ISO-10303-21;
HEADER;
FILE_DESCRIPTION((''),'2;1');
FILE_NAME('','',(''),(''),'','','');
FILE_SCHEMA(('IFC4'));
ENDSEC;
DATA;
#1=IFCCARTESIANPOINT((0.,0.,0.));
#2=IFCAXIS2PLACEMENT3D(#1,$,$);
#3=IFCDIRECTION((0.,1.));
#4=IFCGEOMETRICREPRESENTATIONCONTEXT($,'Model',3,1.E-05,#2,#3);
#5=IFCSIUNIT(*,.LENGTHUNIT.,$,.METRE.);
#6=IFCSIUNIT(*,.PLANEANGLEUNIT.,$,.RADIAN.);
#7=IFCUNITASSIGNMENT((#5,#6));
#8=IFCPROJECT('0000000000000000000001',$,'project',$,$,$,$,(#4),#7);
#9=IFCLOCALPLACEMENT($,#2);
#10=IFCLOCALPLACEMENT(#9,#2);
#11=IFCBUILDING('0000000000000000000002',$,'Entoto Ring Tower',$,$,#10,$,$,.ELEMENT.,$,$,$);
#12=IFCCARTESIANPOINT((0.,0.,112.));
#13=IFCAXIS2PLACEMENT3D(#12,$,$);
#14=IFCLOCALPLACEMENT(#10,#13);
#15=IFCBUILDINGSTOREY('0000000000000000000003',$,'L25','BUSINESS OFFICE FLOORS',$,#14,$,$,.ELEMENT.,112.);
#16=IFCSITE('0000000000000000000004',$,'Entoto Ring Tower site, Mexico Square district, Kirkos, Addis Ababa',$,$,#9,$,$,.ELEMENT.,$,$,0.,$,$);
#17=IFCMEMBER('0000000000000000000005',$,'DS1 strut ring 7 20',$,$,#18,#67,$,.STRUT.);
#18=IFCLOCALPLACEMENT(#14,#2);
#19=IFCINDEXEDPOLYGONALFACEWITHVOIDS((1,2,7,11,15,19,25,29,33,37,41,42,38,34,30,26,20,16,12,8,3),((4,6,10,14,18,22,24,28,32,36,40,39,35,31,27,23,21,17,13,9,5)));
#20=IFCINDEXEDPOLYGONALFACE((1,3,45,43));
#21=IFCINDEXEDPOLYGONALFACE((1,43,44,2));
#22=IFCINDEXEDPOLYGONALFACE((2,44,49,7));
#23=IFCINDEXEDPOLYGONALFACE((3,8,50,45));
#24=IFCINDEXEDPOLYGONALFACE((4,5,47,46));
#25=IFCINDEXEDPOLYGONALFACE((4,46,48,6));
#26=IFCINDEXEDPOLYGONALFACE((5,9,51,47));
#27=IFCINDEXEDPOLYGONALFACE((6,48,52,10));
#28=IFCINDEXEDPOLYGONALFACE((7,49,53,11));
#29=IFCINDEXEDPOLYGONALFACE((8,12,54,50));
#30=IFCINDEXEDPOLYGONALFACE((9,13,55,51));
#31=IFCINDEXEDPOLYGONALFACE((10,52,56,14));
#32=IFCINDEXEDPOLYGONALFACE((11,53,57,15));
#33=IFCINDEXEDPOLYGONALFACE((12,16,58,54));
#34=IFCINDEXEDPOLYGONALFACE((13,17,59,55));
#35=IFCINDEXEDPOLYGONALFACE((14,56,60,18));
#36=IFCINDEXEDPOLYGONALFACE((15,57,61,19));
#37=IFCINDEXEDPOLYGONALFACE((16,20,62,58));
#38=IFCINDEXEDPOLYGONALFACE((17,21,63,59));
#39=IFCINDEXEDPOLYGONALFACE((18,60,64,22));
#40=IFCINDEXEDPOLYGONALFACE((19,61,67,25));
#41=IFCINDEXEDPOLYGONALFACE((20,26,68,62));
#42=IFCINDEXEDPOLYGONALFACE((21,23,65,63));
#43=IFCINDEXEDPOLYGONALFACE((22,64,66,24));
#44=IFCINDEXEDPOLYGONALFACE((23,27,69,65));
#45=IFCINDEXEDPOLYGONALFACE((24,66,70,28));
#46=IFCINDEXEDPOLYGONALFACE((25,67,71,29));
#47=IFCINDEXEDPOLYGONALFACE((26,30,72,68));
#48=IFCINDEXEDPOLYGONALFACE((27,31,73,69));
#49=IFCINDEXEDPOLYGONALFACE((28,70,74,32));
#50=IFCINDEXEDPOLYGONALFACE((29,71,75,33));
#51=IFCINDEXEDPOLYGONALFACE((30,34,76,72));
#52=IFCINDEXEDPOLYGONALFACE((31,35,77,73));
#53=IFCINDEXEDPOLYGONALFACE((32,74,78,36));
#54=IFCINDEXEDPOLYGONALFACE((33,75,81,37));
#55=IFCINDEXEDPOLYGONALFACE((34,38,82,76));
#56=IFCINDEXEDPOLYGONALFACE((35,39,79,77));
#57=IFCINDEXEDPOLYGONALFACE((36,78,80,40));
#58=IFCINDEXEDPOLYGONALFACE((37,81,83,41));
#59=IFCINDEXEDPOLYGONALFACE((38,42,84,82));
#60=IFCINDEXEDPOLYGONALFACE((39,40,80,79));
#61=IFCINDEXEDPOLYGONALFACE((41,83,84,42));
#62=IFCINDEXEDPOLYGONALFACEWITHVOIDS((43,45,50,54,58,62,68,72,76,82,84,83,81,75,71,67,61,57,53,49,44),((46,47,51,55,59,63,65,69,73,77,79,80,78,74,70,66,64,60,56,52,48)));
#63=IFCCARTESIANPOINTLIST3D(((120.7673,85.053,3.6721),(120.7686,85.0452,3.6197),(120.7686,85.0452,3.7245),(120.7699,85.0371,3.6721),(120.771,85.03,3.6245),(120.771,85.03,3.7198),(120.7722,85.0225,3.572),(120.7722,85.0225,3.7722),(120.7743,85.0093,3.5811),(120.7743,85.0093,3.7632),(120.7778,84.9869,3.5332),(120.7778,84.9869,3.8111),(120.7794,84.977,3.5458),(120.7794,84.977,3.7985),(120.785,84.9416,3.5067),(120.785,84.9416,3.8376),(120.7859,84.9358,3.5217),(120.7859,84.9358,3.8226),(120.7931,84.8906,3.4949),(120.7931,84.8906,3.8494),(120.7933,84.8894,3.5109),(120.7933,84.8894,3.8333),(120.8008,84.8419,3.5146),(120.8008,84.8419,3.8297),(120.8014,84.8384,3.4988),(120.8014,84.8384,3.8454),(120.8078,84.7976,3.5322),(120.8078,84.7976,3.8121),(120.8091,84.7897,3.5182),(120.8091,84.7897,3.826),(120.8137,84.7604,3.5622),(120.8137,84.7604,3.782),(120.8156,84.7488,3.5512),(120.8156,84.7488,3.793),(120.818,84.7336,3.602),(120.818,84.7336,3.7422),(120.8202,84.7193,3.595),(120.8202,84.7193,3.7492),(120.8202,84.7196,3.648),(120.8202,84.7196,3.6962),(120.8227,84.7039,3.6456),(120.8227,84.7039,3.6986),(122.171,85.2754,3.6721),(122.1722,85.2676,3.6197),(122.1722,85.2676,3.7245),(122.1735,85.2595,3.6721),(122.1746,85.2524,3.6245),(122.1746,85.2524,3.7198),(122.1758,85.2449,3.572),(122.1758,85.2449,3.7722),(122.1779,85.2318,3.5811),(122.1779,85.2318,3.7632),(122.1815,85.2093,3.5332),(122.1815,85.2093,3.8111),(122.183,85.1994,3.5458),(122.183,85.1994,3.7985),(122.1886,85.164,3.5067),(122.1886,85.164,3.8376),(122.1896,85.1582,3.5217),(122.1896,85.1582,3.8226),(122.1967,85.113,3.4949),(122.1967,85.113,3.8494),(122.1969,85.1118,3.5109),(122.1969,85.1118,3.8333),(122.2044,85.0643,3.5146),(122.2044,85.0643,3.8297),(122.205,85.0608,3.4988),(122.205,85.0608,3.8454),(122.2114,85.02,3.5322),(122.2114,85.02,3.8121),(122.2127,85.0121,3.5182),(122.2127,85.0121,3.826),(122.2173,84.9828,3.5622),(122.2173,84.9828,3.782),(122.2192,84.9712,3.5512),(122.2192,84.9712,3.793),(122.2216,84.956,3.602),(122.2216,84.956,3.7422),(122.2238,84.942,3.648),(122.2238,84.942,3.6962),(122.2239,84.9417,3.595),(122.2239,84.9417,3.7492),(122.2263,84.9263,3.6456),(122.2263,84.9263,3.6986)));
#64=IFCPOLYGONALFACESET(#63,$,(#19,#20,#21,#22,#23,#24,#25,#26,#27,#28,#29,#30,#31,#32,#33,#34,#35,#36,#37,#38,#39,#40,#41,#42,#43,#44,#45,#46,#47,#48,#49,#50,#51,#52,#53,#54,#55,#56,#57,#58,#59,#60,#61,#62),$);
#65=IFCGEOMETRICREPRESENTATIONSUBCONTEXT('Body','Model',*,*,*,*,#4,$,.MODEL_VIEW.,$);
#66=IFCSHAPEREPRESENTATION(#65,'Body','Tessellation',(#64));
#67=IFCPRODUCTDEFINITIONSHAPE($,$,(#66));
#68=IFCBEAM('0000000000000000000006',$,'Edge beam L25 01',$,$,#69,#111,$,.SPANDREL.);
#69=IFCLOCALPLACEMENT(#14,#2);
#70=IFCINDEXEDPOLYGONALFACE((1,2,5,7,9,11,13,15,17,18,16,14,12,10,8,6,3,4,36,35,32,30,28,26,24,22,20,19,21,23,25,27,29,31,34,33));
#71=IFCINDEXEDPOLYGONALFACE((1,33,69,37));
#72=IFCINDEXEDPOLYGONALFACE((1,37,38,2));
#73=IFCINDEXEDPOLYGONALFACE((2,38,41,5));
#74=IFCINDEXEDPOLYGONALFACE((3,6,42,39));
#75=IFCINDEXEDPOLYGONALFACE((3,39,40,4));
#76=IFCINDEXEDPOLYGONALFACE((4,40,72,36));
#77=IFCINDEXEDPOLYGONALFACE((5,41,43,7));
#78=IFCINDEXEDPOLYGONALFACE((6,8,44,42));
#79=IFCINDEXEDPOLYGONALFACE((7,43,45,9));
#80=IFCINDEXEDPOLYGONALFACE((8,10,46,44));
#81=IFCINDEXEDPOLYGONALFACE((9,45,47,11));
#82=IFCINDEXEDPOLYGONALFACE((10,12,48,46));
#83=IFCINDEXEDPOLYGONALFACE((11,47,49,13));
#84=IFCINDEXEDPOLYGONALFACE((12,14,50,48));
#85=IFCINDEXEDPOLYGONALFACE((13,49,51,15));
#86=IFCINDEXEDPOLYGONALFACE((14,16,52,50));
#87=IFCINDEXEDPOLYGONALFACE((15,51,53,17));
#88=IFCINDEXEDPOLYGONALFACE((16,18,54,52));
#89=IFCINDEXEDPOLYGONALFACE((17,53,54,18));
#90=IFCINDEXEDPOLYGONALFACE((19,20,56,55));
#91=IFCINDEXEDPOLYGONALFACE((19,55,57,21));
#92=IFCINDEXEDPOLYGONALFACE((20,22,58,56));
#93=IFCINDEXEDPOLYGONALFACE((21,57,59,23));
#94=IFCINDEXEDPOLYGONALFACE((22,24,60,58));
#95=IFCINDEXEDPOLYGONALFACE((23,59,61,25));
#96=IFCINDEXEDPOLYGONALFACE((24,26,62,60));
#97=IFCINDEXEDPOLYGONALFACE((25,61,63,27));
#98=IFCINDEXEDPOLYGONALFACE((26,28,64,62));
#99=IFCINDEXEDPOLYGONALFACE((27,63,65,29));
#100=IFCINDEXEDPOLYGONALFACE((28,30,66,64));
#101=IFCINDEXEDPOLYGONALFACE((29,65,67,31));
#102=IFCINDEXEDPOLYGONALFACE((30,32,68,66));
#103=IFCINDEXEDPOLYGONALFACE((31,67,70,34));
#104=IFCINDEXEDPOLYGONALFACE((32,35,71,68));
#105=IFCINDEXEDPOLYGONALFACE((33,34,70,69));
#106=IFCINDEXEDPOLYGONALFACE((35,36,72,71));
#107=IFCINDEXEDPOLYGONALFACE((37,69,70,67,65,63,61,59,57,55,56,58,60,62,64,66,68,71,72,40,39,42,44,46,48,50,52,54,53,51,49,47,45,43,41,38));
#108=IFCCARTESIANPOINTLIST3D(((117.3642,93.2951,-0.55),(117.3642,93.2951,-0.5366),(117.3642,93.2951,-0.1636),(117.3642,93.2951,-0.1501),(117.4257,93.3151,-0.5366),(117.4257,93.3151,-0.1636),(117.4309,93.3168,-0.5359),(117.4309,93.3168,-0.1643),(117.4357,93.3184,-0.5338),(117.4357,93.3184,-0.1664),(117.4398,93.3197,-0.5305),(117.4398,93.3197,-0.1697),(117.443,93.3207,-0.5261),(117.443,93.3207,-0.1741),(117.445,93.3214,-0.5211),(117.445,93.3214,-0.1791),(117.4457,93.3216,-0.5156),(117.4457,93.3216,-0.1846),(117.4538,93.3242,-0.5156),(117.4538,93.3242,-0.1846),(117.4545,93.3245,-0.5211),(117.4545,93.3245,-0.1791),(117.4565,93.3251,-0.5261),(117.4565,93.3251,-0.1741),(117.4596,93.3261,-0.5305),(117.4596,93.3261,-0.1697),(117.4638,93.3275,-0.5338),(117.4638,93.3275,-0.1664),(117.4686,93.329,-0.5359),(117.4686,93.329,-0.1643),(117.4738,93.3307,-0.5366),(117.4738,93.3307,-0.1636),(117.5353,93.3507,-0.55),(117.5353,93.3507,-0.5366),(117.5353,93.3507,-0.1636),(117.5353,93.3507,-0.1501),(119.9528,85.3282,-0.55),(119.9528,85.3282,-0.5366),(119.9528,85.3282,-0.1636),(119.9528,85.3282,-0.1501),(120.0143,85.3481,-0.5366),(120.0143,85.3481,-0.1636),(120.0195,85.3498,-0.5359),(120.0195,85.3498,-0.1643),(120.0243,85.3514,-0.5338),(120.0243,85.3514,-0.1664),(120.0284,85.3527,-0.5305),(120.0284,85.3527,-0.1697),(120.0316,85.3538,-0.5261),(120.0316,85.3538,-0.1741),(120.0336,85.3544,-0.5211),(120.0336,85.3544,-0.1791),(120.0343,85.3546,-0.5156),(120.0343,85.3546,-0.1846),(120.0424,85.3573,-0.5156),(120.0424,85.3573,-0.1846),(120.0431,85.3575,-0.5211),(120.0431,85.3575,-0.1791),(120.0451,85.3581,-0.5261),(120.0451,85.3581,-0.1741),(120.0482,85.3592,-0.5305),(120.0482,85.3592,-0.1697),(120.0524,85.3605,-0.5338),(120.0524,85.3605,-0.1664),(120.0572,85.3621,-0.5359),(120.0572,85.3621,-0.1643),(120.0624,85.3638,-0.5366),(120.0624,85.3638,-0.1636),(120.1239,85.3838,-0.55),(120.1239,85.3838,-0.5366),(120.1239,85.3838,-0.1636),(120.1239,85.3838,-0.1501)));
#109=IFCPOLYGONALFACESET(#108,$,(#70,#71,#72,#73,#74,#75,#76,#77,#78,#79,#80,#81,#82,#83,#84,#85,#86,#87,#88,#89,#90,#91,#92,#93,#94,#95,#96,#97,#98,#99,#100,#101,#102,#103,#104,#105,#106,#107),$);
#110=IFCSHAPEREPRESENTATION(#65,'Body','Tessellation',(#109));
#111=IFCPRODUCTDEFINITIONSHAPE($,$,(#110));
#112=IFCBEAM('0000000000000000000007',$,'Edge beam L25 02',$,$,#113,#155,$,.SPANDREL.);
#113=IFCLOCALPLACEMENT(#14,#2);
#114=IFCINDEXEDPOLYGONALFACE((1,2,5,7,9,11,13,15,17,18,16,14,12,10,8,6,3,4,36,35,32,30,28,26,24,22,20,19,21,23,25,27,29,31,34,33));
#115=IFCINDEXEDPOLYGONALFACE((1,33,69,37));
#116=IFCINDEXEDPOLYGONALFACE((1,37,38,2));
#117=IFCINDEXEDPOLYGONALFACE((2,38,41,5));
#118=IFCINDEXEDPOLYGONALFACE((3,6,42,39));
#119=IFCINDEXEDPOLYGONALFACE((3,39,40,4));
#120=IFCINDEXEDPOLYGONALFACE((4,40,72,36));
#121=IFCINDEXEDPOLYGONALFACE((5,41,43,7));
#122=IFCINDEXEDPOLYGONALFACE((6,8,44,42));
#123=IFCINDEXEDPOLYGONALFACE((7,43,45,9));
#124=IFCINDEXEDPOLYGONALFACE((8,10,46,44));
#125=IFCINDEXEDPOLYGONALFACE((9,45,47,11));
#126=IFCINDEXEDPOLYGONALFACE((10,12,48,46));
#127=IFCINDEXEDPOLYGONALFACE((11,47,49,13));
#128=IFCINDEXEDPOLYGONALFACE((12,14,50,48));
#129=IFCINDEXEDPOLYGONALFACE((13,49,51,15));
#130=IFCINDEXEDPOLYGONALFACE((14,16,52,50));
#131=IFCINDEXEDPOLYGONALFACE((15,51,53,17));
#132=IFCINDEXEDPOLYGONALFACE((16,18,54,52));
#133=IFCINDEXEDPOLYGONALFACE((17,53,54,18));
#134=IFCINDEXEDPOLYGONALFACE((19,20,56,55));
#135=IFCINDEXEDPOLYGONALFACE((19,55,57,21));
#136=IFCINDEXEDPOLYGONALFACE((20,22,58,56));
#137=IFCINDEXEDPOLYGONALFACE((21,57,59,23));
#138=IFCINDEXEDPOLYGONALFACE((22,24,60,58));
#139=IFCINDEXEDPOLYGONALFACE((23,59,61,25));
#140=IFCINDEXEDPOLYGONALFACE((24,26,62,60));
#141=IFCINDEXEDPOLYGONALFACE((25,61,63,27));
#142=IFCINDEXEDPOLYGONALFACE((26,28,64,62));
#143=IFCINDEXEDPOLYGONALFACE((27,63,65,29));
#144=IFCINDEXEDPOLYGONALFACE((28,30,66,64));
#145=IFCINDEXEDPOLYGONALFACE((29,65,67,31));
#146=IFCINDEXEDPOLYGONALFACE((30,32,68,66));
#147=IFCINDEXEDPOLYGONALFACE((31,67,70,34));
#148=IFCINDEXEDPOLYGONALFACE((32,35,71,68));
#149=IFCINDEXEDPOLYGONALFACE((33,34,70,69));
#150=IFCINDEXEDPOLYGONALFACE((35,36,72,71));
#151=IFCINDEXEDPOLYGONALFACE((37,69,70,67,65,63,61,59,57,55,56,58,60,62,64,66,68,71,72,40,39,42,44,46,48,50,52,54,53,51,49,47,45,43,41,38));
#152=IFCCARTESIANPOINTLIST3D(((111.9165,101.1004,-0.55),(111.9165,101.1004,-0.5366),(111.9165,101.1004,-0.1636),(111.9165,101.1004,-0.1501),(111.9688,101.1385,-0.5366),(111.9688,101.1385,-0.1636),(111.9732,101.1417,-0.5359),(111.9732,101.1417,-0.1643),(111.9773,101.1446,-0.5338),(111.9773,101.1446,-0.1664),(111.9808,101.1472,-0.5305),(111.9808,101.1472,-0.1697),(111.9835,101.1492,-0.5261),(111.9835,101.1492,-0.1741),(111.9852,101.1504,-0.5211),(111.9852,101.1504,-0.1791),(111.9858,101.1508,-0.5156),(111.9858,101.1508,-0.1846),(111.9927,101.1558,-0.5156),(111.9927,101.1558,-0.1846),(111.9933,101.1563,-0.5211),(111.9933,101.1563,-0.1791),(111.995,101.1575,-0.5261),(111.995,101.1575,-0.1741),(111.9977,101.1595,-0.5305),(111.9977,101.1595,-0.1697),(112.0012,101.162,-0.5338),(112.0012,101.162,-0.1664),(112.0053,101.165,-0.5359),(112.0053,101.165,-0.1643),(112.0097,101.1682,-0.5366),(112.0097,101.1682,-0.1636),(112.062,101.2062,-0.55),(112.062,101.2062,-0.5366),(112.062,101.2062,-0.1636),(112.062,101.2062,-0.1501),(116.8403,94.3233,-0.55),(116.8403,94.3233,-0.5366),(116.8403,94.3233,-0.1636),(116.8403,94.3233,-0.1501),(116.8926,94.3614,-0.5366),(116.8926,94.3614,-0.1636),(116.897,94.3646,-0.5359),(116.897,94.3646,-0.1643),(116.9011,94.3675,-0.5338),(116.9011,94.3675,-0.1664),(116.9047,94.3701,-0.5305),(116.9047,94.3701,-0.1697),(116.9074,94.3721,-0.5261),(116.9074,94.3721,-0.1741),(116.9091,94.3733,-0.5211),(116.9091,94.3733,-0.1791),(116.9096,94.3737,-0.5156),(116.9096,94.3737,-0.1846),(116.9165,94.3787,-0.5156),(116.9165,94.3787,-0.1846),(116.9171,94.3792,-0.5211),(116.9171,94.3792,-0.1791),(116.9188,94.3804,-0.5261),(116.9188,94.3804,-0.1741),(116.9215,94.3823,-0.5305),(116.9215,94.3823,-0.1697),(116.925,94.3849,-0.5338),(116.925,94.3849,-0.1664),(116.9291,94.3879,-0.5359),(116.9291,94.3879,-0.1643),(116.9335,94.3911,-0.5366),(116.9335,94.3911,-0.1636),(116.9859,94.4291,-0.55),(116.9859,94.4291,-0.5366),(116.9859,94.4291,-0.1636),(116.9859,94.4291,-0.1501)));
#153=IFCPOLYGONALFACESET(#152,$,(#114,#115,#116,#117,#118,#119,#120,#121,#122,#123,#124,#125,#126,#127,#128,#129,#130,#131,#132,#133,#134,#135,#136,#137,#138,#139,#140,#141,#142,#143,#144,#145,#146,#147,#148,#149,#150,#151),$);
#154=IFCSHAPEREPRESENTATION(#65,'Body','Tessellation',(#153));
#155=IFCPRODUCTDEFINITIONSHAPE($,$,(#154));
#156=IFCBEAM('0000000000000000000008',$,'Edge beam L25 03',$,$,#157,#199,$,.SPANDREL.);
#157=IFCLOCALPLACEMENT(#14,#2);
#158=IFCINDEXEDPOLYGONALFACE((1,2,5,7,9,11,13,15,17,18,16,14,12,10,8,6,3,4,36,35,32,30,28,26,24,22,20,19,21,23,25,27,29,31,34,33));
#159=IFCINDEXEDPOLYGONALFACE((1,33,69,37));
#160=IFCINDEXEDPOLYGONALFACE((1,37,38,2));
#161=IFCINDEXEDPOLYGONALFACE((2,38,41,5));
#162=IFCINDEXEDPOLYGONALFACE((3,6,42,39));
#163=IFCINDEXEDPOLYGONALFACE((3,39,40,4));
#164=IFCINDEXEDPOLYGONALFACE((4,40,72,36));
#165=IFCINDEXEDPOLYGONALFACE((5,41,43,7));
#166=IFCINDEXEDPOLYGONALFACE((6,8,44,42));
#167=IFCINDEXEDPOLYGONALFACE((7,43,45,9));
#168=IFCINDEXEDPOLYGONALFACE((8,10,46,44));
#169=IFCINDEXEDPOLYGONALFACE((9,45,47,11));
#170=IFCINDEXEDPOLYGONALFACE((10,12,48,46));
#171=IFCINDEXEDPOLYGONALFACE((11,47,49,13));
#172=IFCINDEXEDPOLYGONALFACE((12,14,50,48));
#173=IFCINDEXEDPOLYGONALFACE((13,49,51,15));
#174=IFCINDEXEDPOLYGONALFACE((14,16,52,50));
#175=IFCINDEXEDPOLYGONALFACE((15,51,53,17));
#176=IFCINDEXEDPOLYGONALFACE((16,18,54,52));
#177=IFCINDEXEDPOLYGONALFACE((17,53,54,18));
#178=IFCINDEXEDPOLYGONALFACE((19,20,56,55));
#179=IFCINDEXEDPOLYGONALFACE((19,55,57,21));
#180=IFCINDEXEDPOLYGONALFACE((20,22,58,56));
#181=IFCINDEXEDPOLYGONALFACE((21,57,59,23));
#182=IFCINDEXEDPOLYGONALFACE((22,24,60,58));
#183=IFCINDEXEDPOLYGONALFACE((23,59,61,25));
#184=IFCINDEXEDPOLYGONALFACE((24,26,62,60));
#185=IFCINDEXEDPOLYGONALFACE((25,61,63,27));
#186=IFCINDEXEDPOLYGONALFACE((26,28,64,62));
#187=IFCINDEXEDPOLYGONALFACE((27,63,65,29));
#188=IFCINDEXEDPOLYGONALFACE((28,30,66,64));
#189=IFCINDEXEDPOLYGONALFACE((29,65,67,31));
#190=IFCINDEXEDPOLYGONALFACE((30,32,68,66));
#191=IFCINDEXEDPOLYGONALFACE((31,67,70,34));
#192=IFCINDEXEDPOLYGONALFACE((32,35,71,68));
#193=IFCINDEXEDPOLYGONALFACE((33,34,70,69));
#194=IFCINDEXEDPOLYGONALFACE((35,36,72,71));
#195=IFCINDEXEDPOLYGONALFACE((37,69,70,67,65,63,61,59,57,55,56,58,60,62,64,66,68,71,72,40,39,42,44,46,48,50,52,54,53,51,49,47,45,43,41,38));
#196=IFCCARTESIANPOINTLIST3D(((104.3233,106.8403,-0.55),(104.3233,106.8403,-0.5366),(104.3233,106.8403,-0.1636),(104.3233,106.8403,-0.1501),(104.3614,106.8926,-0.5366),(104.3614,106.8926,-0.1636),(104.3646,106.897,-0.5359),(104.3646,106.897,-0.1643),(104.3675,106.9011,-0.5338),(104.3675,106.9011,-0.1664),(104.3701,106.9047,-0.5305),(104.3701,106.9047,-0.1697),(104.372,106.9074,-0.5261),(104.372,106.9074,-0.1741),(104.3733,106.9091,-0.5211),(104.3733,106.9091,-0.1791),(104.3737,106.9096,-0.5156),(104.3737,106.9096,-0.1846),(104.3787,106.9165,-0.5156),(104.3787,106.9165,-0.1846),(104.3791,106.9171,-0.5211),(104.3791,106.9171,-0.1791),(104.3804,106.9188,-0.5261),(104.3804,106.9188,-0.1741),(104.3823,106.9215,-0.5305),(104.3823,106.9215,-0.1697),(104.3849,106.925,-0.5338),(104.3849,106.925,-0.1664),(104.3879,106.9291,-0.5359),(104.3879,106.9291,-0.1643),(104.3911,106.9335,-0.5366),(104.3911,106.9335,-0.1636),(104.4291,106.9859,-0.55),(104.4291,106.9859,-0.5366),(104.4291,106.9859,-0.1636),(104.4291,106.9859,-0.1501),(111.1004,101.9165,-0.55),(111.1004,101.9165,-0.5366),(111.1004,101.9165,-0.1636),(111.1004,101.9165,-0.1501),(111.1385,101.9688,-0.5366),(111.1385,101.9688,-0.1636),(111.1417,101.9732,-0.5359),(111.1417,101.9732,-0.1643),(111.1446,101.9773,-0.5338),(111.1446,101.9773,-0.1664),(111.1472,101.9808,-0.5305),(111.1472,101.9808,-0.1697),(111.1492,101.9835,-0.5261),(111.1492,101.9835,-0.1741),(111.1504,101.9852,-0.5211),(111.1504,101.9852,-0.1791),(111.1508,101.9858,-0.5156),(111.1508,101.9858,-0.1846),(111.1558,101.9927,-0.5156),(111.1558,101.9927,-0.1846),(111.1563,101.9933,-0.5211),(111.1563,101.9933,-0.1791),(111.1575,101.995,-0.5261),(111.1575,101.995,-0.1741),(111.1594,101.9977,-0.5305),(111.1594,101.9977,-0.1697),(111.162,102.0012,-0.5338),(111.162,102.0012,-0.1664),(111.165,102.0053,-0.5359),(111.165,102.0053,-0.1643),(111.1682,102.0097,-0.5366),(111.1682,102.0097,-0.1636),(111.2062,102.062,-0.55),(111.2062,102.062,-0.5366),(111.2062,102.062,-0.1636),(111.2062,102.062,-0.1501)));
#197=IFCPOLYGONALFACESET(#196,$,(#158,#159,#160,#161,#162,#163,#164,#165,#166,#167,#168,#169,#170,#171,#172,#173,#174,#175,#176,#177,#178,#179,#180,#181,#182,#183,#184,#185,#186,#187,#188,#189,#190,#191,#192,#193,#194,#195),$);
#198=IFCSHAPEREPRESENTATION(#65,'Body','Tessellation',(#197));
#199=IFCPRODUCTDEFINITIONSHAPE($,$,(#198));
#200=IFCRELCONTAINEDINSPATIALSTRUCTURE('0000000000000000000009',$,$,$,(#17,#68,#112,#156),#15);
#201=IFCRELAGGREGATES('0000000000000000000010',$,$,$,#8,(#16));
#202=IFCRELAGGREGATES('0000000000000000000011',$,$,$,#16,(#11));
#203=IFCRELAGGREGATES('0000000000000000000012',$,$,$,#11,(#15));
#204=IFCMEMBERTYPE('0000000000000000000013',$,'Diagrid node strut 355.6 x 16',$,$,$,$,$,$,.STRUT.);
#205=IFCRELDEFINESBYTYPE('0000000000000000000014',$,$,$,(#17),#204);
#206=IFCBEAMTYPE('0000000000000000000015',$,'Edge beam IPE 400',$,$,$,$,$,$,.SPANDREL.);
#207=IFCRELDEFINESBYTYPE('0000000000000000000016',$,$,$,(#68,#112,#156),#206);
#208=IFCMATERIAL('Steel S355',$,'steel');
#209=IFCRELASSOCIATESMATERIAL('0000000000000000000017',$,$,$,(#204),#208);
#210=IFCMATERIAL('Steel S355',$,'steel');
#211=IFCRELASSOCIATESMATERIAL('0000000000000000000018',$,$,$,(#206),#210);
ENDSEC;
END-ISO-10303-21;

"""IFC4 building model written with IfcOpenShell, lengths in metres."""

from ifc_helpers import new_model, si_unit, direction, frame, origin, origin_2d, place, context, subcontext, project, spatial, circle, hollow_circle, i_section, extrude, material, material_profile, profile_set, type_object, element, save


model = new_model("IFC4")

# Units and contexts
model_context = context("Model", 3, precision=1e-05, world=origin(), true_north=direction((0.0, 1.0)))
body_context = subcontext(model_context, "Body", "Model", "MODEL_VIEW")
ifc_project = project(units=[si_unit("LENGTHUNIT", "METRE"), si_unit("PLANEANGLEUNIT", "RADIAN")], contexts=[model_context])

# Site, building, storey
site_placement = place(None, origin())
site = spatial("IfcSite", under=ifc_project, at=site_placement, Name="Entoto Ring Tower site, Mexico Square district, Kirkos, Addis Ababa", CompositionType="ELEMENT", RefElevation=0.0)
building_placement = place(site_placement, origin())
building = spatial("IfcBuilding", under=site, at=building_placement, Name="Entoto Ring Tower", CompositionType="ELEMENT")
storey_placement = place(building_placement, frame((0.0, 0.0, 112.0)))
storey = spatial("IfcBuildingStorey", under=building, at=storey_placement, Name="L25", Description="BUSINESS OFFICE FLOORS", CompositionType="ELEMENT", Elevation=112.0)

# Member
ifc_material_1 = material(Name="Steel S355", Category="steel")
ifc_material_profile_1 = material_profile(ifc_material_1, hollow_circle(Radius=0.1777, WallThickness=0.0161, at=origin_2d()), Name="CHS 355.6 x 16")
ifc_material_2 = material(Name="Concrete C60/75", Category="concrete")
ifc_material_profile_2 = material_profile(ifc_material_2, circle(Radius=0.1619, at=origin_2d()), Name="Concrete C60/75 infill")
ifc_profile_set_1 = profile_set([ifc_material_profile_1, ifc_material_profile_2], Name="Steel S355")
member_type = type_object("IfcMemberType", Name="Diagrid node strut 355.6 x 16", PredefinedType="STRUT", material=ifc_profile_set_1)
member_1_placement = place(storey_placement, frame((120.7952, 84.8774, 3.6721), z_axis=(0.987676, 0.15651, 0.0), x_axis=(-0.15651, 0.987676, 0.0)))
element("IfcMember", 1, at=member_1_placement, inside=storey, type_object=member_type, Name="DS1 strut ring 7 20", PredefinedType="STRUT", context=body_context, shape_type="SweptSolid", body=[
    extrude(hollow_circle(Radius=0.1777, WallThickness=0.0161, at=origin_2d()), origin(), (0.0, 0.0, 1.0), 1.4211),
])

# Beams
ifc_material_3 = material(Name="Steel S355", Category="steel")
ifc_material_profile_3 = material_profile(ifc_material_3, i_section(OverallWidth=0.1799, OverallDepth=0.3999, WebThickness=0.0085, FlangeThickness=0.0134, FilletRadius=0.021, at=origin_2d()), Name="IPE 400")
ifc_profile_set_2 = profile_set([ifc_material_profile_3], Name="Steel S355")
beam_type_1 = type_object("IfcBeamType", Name="Edge beam IPE 400", PredefinedType="SPANDREL", material=ifc_profile_set_2)
for number, where, z_axis, x_axis, name in (
    (2, (120.0383, 85.356, -0.3501), (-0.309014, 0.951057, 0.0), (-0.951057, -0.309014, 0.0), "Edge beam L25 01"),
    (3, (116.9131, 94.3762, -0.3501), (-0.587783, 0.809018, 0.0), (-0.809018, -0.587783, 0.0), "Edge beam L25 02"),
    (4, (111.1533, 101.9893, -0.3501), (-0.809018, 0.587783, 0.0), (-0.587783, -0.809018, 0.0), "Edge beam L25 03"),
):
    element("IfcBeam", number, at=place(storey_placement, frame(where, z_axis=z_axis, x_axis=x_axis)), inside=storey, type_object=beam_type_1, Name=name, PredefinedType="SPANDREL", context=body_context, shape_type="SweptSolid", body=[
        extrude(i_section(OverallWidth=0.1799, OverallDepth=0.3999, WebThickness=0.0085, FlangeThickness=0.0134, FilletRadius=0.021, at=origin_2d()), origin(), (0.0, 0.0, 1.0), 8.377),
    ])

save(model, "model.ifc")
